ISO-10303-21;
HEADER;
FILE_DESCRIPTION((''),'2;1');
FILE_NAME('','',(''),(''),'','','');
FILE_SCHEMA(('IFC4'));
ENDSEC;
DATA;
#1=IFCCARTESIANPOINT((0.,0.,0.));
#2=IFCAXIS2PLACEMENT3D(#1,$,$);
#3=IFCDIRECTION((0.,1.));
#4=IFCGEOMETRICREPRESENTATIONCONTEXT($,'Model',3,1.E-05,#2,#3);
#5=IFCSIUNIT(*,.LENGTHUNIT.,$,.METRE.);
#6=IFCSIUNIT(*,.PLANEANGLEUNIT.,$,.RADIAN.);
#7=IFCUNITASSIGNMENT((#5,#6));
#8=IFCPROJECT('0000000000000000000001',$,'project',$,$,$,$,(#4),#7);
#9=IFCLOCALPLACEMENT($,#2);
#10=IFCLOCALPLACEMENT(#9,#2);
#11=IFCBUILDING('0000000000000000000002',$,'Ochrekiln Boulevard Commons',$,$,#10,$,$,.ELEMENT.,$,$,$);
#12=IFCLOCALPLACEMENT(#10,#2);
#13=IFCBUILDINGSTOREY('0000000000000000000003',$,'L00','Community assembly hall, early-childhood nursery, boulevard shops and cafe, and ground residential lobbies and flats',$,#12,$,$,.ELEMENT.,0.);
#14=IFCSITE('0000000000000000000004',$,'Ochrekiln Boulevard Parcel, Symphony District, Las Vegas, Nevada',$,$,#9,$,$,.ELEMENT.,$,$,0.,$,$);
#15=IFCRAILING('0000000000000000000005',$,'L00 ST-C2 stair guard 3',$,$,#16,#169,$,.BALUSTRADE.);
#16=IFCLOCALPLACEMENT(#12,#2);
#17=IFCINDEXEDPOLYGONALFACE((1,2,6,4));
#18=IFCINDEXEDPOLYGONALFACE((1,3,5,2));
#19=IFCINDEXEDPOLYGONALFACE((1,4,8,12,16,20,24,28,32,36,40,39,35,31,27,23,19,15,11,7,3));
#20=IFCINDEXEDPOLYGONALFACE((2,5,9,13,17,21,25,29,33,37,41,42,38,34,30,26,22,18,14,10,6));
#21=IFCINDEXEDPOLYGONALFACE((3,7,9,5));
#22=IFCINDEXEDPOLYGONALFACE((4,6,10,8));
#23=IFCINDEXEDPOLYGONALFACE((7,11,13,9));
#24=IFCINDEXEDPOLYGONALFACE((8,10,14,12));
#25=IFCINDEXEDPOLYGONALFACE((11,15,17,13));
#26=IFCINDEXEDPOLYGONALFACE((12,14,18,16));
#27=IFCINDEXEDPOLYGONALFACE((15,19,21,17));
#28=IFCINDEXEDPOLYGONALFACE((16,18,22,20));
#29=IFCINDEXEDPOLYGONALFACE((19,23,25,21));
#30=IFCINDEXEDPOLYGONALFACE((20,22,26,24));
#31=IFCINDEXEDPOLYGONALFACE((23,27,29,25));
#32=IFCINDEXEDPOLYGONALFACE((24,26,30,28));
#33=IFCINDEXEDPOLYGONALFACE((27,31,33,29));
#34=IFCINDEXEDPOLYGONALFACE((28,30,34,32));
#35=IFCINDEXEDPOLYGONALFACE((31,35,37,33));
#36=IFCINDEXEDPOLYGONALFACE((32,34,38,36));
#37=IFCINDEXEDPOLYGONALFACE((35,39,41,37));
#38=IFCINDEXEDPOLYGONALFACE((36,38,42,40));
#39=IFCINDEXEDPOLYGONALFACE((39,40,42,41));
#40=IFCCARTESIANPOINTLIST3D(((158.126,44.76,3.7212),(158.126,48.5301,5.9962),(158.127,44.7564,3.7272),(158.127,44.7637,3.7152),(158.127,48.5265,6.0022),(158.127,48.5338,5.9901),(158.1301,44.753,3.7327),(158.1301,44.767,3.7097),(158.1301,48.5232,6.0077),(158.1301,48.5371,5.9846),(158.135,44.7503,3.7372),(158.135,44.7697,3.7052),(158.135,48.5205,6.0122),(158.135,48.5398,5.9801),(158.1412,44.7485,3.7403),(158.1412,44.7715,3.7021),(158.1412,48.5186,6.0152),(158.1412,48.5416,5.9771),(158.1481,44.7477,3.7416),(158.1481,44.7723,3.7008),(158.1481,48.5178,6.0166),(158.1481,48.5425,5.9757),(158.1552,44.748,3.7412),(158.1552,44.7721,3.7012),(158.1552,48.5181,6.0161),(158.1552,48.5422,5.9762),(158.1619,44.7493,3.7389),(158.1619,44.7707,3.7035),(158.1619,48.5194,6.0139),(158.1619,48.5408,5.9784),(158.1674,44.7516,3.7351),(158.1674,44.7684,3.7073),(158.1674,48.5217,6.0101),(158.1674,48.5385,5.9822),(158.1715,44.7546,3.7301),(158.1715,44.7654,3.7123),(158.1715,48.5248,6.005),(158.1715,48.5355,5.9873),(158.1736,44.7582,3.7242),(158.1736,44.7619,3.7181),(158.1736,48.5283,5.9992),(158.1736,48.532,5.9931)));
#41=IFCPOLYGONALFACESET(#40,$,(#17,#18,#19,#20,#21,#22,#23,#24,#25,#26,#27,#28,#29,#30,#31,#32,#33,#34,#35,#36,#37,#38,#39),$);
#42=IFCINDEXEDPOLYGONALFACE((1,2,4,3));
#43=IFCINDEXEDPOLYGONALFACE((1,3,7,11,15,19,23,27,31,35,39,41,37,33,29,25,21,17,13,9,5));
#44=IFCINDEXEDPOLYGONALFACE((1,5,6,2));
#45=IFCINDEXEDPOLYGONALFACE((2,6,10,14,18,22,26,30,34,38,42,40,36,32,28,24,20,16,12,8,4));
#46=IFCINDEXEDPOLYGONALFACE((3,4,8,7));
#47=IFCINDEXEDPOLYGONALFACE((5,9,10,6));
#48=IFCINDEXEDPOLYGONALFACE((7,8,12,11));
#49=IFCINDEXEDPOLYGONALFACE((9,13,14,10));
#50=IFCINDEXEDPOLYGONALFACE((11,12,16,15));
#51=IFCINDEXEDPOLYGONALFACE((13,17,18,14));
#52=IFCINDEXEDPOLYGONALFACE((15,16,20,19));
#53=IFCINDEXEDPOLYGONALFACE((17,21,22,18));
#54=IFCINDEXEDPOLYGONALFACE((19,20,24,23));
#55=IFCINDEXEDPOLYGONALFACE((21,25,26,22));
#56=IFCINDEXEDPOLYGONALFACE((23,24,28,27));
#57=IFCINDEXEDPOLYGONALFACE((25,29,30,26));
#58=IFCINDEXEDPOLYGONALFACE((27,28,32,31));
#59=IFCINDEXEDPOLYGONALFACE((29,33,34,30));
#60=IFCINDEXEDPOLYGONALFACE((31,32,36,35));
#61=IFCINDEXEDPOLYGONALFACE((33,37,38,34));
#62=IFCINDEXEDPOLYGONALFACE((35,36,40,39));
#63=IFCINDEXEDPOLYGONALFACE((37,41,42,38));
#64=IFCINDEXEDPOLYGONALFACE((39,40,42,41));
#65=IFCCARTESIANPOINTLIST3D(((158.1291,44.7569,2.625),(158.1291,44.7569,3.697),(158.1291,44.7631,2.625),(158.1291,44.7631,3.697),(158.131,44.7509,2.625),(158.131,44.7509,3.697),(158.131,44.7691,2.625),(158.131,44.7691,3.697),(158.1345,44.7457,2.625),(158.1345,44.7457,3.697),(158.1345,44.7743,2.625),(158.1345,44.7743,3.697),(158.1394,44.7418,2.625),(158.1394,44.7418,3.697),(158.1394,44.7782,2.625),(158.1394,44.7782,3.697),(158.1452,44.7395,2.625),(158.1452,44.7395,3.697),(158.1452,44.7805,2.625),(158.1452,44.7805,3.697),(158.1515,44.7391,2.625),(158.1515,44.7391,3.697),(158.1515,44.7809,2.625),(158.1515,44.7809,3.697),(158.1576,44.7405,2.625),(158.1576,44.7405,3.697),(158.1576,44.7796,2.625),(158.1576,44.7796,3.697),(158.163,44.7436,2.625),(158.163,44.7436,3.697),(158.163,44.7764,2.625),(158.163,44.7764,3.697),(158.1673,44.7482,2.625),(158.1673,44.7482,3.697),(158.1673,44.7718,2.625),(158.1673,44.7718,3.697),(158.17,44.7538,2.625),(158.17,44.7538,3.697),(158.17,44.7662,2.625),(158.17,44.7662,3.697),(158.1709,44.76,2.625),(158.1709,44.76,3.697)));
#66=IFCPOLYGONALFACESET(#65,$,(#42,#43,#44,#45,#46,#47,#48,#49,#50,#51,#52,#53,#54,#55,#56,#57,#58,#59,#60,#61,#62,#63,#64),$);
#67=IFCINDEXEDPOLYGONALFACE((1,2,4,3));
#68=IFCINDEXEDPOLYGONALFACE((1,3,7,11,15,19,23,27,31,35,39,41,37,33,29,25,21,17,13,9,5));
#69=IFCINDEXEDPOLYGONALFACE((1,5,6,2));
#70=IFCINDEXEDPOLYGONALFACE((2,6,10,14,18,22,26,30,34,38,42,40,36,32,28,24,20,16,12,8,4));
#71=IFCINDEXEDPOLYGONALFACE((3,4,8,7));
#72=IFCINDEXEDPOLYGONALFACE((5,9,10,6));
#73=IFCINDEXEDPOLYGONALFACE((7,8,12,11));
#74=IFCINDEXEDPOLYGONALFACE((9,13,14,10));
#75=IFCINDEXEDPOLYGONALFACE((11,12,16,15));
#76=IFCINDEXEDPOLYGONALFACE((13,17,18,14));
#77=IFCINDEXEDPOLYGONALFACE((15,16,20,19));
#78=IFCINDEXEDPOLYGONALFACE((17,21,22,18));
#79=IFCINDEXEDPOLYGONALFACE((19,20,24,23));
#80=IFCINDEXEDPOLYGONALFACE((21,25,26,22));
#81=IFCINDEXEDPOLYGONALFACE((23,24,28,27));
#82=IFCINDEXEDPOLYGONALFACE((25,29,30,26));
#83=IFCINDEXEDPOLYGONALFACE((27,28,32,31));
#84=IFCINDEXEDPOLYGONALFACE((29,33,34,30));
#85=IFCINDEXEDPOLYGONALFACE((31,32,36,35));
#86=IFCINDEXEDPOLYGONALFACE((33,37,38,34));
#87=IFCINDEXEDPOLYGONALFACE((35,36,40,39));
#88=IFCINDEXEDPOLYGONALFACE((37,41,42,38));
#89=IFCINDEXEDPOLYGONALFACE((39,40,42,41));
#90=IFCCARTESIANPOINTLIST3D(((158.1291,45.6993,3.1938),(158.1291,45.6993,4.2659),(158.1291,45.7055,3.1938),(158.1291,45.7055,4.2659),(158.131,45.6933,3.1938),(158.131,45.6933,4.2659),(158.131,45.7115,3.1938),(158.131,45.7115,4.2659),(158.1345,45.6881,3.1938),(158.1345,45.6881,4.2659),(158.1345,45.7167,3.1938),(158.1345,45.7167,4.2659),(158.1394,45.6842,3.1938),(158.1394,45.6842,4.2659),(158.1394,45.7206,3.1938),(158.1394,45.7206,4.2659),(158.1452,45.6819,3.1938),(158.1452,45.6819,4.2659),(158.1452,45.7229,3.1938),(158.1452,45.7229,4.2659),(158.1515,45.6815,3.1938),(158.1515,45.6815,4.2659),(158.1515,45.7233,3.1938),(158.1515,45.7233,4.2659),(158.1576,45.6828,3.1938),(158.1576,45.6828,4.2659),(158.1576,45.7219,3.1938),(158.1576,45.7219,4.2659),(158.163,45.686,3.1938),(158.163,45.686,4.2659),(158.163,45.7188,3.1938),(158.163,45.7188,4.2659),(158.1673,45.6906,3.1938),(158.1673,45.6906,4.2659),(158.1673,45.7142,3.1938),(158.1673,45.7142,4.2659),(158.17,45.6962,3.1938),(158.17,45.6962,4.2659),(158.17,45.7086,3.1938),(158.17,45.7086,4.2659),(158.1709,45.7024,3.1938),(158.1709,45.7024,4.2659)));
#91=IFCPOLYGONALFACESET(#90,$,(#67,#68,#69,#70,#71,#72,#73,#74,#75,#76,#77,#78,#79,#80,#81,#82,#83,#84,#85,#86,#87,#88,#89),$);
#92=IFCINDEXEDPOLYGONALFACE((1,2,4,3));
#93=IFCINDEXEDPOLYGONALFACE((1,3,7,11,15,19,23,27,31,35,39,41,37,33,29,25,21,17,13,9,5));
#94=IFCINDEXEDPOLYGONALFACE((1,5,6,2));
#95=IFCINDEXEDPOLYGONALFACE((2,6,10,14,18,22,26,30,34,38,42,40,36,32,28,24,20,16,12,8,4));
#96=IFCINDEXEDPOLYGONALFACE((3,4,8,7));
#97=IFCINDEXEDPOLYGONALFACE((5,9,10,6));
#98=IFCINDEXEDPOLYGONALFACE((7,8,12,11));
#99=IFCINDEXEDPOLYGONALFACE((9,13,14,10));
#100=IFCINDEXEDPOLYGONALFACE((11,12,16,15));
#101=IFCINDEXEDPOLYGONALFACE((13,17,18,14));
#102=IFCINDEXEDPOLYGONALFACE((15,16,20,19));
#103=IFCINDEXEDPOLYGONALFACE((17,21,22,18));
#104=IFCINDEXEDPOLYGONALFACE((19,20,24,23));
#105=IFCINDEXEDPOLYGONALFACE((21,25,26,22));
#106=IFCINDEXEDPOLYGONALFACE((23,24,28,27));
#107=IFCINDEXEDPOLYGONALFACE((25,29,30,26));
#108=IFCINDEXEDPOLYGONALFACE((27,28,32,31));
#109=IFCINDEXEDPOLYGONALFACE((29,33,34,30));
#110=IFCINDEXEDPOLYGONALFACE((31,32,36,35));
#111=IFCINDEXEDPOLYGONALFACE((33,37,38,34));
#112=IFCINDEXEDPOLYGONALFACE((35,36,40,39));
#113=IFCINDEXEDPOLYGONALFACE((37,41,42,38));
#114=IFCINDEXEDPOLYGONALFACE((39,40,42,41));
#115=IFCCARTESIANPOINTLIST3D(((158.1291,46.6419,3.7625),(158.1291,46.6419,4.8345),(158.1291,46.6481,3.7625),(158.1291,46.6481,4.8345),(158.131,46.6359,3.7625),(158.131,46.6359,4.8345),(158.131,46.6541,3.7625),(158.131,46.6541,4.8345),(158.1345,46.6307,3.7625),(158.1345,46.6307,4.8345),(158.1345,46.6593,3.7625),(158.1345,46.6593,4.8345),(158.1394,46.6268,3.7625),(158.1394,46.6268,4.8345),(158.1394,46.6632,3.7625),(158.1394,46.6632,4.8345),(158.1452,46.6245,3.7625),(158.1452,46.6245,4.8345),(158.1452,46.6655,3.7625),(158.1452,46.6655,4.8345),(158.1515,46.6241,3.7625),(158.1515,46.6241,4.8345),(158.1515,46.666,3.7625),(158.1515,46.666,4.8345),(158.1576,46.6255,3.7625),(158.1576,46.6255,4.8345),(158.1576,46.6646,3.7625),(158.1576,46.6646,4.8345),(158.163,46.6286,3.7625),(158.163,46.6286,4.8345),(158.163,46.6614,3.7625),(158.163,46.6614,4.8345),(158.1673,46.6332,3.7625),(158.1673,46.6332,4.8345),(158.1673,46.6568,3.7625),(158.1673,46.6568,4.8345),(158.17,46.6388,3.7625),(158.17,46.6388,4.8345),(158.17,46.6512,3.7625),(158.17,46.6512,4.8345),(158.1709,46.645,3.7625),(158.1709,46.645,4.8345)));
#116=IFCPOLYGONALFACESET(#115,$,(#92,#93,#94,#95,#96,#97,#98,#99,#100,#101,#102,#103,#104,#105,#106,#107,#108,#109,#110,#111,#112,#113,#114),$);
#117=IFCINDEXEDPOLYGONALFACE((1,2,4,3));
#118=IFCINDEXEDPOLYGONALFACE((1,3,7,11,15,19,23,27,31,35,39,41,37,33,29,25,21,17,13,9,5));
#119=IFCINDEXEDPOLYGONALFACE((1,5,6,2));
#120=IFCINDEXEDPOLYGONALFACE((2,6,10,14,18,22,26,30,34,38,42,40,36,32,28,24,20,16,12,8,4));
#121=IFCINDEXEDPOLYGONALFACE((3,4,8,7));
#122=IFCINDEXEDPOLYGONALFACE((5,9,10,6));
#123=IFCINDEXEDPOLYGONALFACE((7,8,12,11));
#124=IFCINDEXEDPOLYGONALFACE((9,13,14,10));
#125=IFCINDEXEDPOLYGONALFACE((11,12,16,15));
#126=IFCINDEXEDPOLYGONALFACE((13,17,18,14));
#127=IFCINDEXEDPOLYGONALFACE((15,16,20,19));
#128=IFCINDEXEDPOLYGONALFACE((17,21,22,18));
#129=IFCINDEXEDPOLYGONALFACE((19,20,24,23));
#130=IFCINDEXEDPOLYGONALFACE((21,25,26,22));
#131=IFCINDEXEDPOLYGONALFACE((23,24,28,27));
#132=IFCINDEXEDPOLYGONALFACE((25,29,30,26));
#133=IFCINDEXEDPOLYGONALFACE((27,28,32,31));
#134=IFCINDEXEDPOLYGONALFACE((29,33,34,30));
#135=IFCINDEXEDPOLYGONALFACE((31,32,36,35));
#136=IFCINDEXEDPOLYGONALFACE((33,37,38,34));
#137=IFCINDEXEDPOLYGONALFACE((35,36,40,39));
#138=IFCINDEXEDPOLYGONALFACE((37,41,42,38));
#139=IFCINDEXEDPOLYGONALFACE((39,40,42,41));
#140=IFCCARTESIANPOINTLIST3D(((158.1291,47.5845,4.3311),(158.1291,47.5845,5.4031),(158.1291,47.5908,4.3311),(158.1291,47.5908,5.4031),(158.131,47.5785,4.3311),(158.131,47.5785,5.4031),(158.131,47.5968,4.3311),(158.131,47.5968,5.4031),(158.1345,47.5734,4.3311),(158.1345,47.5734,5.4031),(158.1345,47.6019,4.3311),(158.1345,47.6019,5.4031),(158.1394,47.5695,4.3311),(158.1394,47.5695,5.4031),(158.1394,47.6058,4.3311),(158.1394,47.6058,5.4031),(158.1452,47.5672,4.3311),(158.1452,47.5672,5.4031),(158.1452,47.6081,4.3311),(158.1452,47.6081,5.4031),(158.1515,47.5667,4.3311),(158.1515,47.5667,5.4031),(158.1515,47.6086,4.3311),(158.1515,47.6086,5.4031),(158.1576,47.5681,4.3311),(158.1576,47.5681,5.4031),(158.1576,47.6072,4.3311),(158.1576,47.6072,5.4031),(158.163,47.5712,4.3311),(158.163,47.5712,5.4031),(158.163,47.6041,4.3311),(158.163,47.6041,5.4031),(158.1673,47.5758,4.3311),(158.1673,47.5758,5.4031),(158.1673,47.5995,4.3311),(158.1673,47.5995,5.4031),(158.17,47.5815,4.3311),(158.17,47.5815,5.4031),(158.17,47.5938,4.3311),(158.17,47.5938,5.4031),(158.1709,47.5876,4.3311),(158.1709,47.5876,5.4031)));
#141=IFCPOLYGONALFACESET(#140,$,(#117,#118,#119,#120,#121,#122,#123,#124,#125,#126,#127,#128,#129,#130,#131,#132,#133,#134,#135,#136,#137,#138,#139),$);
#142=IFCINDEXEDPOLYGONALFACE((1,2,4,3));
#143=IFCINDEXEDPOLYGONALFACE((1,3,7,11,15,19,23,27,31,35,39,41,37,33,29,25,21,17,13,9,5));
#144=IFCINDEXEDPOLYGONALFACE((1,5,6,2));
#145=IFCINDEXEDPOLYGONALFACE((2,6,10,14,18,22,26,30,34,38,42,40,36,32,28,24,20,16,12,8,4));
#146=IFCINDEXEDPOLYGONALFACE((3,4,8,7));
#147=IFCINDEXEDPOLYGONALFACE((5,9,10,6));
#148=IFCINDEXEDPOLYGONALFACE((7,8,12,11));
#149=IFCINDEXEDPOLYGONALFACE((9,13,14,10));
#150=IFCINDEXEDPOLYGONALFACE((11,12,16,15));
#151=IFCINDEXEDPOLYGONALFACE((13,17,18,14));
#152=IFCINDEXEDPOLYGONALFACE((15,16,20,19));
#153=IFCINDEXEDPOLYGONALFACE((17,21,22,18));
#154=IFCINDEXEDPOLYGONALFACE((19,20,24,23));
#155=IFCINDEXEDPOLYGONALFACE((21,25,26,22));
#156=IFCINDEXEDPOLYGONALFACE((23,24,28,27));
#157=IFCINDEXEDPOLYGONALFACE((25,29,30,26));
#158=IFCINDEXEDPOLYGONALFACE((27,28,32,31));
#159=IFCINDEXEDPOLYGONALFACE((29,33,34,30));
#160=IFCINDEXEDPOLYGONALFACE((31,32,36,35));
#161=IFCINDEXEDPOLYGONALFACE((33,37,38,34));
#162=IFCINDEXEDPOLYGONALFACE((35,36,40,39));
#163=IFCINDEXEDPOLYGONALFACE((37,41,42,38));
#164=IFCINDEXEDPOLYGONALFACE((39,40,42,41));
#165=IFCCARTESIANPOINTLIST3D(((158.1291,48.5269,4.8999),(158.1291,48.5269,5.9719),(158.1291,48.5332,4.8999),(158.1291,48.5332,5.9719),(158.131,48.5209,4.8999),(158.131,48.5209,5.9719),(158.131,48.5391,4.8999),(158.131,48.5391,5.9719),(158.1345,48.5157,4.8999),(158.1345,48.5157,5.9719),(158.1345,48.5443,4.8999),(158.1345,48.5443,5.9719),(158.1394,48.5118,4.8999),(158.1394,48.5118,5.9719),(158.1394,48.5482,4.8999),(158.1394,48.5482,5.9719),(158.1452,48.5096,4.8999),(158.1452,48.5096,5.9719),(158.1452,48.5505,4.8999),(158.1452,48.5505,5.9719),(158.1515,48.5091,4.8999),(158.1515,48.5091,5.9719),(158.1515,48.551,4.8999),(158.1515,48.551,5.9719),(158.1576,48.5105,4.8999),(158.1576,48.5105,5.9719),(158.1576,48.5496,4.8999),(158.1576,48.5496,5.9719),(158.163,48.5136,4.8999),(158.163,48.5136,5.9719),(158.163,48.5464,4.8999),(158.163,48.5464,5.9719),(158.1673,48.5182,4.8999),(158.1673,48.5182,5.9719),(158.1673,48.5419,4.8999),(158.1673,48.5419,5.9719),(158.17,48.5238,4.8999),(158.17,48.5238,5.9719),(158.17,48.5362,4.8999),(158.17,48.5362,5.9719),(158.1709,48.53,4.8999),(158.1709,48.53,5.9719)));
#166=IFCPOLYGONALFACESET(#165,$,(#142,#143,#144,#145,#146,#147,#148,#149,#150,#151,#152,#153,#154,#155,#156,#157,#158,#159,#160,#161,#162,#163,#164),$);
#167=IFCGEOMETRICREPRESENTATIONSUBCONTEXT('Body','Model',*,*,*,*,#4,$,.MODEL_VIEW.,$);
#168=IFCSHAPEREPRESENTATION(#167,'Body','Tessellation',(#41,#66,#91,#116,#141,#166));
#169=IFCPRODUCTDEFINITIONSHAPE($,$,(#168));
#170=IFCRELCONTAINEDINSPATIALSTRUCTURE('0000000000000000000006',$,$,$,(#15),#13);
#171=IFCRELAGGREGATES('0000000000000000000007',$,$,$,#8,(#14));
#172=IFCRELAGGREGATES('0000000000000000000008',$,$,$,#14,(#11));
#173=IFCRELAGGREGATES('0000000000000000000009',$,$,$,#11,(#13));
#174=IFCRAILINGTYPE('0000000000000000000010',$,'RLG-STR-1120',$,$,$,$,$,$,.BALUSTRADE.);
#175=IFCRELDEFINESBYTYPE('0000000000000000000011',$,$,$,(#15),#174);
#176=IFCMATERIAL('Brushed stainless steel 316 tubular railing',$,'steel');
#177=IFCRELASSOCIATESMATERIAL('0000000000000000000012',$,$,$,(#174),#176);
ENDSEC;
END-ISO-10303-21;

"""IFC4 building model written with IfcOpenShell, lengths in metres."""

from ifc_helpers import new_model, si_unit, direction, frame, origin, origin_2d, place, context, subcontext, project, spatial, circle, extrude, material, type_object, element, save


model = new_model("IFC4")

# Units and contexts
model_context = context("Model", 3, precision=1e-05, world=origin(), true_north=direction((0.0, 1.0)))
body_context = subcontext(model_context, "Body", "Model", "MODEL_VIEW")
ifc_project = project(units=[si_unit("LENGTHUNIT", "METRE"), si_unit("PLANEANGLEUNIT", "RADIAN")], contexts=[model_context])

# Site, building, storey
site_placement = place(None, origin())
site = spatial("IfcSite", under=ifc_project, at=site_placement, Name="Ochrekiln Boulevard Parcel, Symphony District, Las Vegas, Nevada", CompositionType="ELEMENT", RefElevation=0.0)
building_placement = place(site_placement, origin())
building = spatial("IfcBuilding", under=site, at=building_placement, Name="Ochrekiln Boulevard Commons", CompositionType="ELEMENT")
storey_placement = place(building_placement, origin())
storey = spatial("IfcBuildingStorey", under=building, at=storey_placement, Name="L00", Description="Community assembly hall, early-childhood nursery, boulevard shops and cafe, and ground residential lobbies and flats", CompositionType="ELEMENT", Elevation=0.0)

# Railing
ifc_material_1 = material(Name="Brushed stainless steel 316 tubular railing", Category="steel")
railing_type_1 = type_object("IfcRailingType", Name="RLG-STR-1120", PredefinedType="BALUSTRADE", material=ifc_material_1)
railing_1_placement = place(storey_placement, frame((158.1499, 44.76, 2.625)))
element("IfcRailing", 1, at=railing_1_placement, inside=storey, type_object=railing_type_1, Name="L00 ST-C2 stair guard 3", PredefinedType="BALUSTRADE", context=body_context, shape_type="SweptSolid", body=[
    extrude(circle(Radius=0.0239, at=origin_2d()), frame((0.0, 0.0, 1.0962), z_axis=(0.0, 0.856199, 0.516647), x_axis=(-1.0, 0.0, 0.0)), (0.0, 0.0, 1.0), 4.4033),
    extrude(circle(Radius=0.021, at=origin_2d()), origin(), (0.0, 0.0, 1.0), 1.072),
    extrude(circle(Radius=0.021, at=origin_2d()), frame((0.0, 0.9424, 0.5688)), (0.0, 0.0, 1.0), 1.072),
    extrude(circle(Radius=0.021, at=origin_2d()), frame((0.0, 1.885, 1.1375)), (0.0, 0.0, 1.0), 1.072),
    extrude(circle(Radius=0.021, at=origin_2d()), frame((0.0, 2.8276, 1.7061)), (0.0, 0.0, 1.0), 1.072),
    extrude(circle(Radius=0.021, at=origin_2d()), frame((0.0, 3.77, 2.2749)), (0.0, 0.0, 1.0), 1.072),
])

save(model, "model.ifc")
